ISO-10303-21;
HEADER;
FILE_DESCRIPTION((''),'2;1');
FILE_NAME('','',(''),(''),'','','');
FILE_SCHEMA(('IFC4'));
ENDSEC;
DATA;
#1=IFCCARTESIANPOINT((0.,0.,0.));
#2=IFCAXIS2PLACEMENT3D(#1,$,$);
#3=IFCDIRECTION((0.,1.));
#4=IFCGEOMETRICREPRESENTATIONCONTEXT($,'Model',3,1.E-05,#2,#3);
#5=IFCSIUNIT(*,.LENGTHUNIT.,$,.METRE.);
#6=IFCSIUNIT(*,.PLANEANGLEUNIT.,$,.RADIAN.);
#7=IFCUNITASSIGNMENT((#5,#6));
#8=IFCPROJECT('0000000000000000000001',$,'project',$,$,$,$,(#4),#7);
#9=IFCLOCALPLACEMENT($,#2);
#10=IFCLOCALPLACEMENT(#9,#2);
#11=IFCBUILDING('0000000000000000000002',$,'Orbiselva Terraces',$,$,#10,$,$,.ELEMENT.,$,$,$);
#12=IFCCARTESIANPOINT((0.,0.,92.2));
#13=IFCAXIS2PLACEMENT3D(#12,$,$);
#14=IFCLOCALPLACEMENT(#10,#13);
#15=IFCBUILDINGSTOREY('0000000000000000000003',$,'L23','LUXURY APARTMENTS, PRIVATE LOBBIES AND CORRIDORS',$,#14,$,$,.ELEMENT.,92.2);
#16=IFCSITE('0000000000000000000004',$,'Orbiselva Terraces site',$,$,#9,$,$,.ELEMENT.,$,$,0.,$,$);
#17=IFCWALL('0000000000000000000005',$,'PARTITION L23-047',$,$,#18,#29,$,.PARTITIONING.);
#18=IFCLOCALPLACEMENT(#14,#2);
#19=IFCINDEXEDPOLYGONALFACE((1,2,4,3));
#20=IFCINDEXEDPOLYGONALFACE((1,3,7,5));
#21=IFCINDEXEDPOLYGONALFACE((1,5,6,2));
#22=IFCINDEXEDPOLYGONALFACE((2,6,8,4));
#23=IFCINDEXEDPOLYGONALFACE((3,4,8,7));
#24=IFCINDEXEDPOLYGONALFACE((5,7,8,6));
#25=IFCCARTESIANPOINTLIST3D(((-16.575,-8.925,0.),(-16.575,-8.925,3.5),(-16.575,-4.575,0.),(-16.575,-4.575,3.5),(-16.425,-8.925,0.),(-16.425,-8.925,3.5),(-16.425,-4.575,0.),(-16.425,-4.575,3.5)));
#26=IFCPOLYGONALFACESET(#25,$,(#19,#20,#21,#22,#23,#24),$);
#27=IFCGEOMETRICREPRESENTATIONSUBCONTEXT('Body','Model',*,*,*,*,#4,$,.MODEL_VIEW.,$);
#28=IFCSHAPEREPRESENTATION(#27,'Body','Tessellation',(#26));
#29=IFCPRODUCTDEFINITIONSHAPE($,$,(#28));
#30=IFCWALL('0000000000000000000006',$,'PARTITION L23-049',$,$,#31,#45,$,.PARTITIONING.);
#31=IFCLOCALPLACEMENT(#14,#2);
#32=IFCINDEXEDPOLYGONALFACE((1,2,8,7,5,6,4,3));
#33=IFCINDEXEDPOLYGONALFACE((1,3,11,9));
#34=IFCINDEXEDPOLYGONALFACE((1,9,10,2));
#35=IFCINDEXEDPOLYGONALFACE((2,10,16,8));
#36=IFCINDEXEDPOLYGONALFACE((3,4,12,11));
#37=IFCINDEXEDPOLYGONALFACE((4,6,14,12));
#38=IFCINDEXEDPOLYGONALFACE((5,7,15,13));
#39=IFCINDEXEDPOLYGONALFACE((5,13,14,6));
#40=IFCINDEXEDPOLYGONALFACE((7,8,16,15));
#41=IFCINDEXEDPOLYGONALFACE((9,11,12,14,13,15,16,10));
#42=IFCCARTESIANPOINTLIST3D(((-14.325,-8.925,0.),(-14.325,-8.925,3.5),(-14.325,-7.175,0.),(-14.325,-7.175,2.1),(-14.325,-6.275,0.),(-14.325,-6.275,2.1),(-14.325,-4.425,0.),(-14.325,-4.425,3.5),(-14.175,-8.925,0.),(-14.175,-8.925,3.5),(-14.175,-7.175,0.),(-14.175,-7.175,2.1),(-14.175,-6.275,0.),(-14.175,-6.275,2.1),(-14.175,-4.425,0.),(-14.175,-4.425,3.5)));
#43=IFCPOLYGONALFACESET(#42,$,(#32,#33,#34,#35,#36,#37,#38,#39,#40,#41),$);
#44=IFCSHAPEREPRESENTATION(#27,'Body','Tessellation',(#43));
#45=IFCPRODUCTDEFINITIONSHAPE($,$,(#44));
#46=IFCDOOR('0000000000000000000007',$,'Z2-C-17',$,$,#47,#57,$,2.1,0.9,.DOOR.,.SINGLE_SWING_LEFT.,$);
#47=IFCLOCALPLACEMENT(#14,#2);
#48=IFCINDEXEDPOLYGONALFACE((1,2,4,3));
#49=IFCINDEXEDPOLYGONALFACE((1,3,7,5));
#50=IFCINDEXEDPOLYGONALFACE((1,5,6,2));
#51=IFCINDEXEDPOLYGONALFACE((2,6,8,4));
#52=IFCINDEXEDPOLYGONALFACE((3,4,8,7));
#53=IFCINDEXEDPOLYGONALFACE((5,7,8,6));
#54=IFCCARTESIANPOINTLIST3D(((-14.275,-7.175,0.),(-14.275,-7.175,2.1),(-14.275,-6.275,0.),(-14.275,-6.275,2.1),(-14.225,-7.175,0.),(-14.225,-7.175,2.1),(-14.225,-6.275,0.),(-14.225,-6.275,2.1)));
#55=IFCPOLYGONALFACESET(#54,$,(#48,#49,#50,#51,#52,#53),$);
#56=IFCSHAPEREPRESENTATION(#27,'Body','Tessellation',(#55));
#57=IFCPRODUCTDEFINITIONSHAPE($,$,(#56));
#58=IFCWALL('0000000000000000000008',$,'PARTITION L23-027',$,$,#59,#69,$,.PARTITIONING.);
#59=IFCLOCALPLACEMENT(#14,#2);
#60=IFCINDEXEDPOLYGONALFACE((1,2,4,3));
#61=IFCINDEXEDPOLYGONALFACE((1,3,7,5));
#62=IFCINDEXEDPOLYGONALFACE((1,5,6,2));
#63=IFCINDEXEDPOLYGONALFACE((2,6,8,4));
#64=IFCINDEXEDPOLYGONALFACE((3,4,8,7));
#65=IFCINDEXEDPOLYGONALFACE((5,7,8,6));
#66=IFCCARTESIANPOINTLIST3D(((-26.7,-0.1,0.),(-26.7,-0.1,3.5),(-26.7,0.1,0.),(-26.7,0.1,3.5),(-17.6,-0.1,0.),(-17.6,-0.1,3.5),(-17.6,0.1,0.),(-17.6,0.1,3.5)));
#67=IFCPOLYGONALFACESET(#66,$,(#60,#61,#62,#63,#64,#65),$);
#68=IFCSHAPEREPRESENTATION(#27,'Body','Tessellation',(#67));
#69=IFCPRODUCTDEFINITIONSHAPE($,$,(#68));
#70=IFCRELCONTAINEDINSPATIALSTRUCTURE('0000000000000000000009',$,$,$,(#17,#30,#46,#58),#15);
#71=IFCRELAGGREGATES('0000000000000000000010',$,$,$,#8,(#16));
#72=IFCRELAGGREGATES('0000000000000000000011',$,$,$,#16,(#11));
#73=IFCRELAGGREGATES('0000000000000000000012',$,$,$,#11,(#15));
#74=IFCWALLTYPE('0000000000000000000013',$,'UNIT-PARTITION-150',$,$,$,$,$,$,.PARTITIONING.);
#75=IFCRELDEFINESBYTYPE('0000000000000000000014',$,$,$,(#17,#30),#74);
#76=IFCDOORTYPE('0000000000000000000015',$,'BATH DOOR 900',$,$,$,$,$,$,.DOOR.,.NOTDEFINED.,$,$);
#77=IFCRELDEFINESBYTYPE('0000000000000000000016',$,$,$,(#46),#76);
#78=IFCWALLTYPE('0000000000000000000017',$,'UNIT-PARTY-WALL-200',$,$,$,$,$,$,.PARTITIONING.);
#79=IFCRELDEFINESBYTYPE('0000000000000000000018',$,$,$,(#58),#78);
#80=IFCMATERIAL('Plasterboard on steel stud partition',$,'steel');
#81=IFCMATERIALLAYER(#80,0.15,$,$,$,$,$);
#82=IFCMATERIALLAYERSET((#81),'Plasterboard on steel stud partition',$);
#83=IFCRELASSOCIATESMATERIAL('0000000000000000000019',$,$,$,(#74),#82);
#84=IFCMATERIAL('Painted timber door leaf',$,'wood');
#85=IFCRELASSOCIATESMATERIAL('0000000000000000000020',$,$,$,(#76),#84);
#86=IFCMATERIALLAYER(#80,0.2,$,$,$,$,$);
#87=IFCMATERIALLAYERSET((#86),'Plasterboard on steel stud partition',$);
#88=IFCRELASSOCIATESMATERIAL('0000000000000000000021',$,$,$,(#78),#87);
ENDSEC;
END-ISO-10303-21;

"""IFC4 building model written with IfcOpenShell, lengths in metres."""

from ifc_helpers import new_model, si_unit, direction, frame, frame_2d, origin, place, context, subcontext, project, spatial, rectangle, extrude, material, layer, layer_set, type_object, element, fill, save


model = new_model("IFC4")

# Units and contexts
model_context = context("Model", 3, precision=1e-05, world=origin(), true_north=direction((0.0, 1.0)))
body_context = subcontext(model_context, "Body", "Model", "MODEL_VIEW")
ifc_project = project(units=[si_unit("LENGTHUNIT", "METRE"), si_unit("PLANEANGLEUNIT", "RADIAN")], contexts=[model_context])

# Site, building, storey
site_placement = place(None, origin())
site = spatial("IfcSite", under=ifc_project, at=site_placement, Name="Orbiselva Terraces site", CompositionType="ELEMENT", RefElevation=0.0)
building_placement = place(site_placement, origin())
building = spatial("IfcBuilding", under=site, at=building_placement, Name="Orbiselva Terraces", CompositionType="ELEMENT")
storey_placement = place(building_placement, frame((0.0, 0.0, 92.2)))
storey = spatial("IfcBuildingStorey", under=building, at=storey_placement, Name="L23", Description="LUXURY APARTMENTS, PRIVATE LOBBIES AND CORRIDORS", CompositionType="ELEMENT", Elevation=92.2)

# Shared definitions
ifc_material_1 = material(Name="Plasterboard on steel stud partition", Category="steel")

# Shared definitions
ifc_layer_1 = layer(ifc_material_1, 0.15)
ifc_layer_set_1 = layer_set([ifc_layer_1], Name="Plasterboard on steel stud partition")
wall_type_1 = type_object("IfcWallType", Name="UNIT-PARTITION-150", PredefinedType="PARTITIONING", material=ifc_layer_set_1)
ifc_material_2 = material(Name="Painted timber door leaf", Category="wood")

# Wall
wall_1_placement = place(storey_placement, frame((-16.5, -8.925, 0.0), z_axis=(0.0, 0.0, 1.0), x_axis=(0.0, 1.0, 0.0)))
element("IfcWall", 1, at=wall_1_placement, inside=storey, type_object=wall_type_1, Name="PARTITION L23-047", PredefinedType="PARTITIONING", context=body_context, shape_type="SweptSolid", body=[
    extrude(rectangle(XDim=4.35, YDim=0.15, at=frame_2d((2.175, 0.0))), origin(), (0.0, 0.0, 1.0), 3.5),
])

# Wall, opening, door
wall_2_placement = place(storey_placement, frame((-14.25, -8.925, 0.0), z_axis=(0.0, 0.0, 1.0), x_axis=(0.0, 1.0, 0.0)))
wall_2 = element("IfcWall", 2, at=wall_2_placement, inside=storey, type_object=wall_type_1, Name="PARTITION L23-049", PredefinedType="PARTITIONING", context=body_context, shape_type="SweptSolid", body=[
    extrude(rectangle(XDim=4.5, YDim=0.15, at=frame_2d((2.25, 0.0))), origin(), (0.0, 0.0, 1.0), 3.5),
])
opening_1_placement = place(wall_2_placement, frame((1.75, 0.0, 0.0)))
opening_1 = element("IfcOpeningElement", 3, at=opening_1_placement, cuts=wall_2, PredefinedType="OPENING", context=body_context, shape_type="SweptSolid", body=[
    extrude(rectangle(XDim=0.9, YDim=2.1, at=frame_2d((0.45, 1.05))), frame((0.0, 0.085, 0.0), z_axis=(0.0, -1.0, 0.0), x_axis=(1.0, 0.0, 0.0)), (0.0, 0.0, 1.0), 0.17),
])
door_type_1 = type_object("IfcDoorType", Name="BATH DOOR 900", OperationType="NOTDEFINED", PredefinedType="DOOR", material=ifc_material_2)
door_1_placement = place(opening_1_placement, origin())
door_1 = element("IfcDoor", 4, at=door_1_placement, inside=storey, type_object=door_type_1, Name="Z2-C-17", OperationType="SINGLE_SWING_LEFT", OverallHeight=2.1, OverallWidth=0.9, PredefinedType="DOOR", context=body_context, shape_type="SweptSolid", body=[
    extrude(rectangle(XDim=0.9, YDim=2.1, at=frame_2d((0.45, 1.05))), frame((0.0, 0.025, 0.0), z_axis=(0.0, -1.0, 0.0), x_axis=(1.0, 0.0, 0.0)), (0.0, 0.0, 1.0), 0.05),
])
fill(opening_1, door_1)

# Wall
ifc_layer_2 = layer(ifc_material_1, 0.2)
ifc_layer_set_2 = layer_set([ifc_layer_2], Name="Plasterboard on steel stud partition")
wall_type_2 = type_object("IfcWallType", Name="UNIT-PARTY-WALL-200", PredefinedType="PARTITIONING", material=ifc_layer_set_2)
wall_3_placement = place(storey_placement, frame((-26.7, 0.0, 0.0), z_axis=(0.0, 0.0, 1.0), x_axis=(1.0, 0.0, 0.0)))
element("IfcWall", 5, at=wall_3_placement, inside=storey, type_object=wall_type_2, Name="PARTITION L23-027", PredefinedType="PARTITIONING", context=body_context, shape_type="SweptSolid", body=[
    extrude(rectangle(XDim=9.1, YDim=0.2, at=frame_2d((4.55, 0.0))), origin(), (0.0, 0.0, 1.0), 3.5),
])

save(model, "model.ifc")
